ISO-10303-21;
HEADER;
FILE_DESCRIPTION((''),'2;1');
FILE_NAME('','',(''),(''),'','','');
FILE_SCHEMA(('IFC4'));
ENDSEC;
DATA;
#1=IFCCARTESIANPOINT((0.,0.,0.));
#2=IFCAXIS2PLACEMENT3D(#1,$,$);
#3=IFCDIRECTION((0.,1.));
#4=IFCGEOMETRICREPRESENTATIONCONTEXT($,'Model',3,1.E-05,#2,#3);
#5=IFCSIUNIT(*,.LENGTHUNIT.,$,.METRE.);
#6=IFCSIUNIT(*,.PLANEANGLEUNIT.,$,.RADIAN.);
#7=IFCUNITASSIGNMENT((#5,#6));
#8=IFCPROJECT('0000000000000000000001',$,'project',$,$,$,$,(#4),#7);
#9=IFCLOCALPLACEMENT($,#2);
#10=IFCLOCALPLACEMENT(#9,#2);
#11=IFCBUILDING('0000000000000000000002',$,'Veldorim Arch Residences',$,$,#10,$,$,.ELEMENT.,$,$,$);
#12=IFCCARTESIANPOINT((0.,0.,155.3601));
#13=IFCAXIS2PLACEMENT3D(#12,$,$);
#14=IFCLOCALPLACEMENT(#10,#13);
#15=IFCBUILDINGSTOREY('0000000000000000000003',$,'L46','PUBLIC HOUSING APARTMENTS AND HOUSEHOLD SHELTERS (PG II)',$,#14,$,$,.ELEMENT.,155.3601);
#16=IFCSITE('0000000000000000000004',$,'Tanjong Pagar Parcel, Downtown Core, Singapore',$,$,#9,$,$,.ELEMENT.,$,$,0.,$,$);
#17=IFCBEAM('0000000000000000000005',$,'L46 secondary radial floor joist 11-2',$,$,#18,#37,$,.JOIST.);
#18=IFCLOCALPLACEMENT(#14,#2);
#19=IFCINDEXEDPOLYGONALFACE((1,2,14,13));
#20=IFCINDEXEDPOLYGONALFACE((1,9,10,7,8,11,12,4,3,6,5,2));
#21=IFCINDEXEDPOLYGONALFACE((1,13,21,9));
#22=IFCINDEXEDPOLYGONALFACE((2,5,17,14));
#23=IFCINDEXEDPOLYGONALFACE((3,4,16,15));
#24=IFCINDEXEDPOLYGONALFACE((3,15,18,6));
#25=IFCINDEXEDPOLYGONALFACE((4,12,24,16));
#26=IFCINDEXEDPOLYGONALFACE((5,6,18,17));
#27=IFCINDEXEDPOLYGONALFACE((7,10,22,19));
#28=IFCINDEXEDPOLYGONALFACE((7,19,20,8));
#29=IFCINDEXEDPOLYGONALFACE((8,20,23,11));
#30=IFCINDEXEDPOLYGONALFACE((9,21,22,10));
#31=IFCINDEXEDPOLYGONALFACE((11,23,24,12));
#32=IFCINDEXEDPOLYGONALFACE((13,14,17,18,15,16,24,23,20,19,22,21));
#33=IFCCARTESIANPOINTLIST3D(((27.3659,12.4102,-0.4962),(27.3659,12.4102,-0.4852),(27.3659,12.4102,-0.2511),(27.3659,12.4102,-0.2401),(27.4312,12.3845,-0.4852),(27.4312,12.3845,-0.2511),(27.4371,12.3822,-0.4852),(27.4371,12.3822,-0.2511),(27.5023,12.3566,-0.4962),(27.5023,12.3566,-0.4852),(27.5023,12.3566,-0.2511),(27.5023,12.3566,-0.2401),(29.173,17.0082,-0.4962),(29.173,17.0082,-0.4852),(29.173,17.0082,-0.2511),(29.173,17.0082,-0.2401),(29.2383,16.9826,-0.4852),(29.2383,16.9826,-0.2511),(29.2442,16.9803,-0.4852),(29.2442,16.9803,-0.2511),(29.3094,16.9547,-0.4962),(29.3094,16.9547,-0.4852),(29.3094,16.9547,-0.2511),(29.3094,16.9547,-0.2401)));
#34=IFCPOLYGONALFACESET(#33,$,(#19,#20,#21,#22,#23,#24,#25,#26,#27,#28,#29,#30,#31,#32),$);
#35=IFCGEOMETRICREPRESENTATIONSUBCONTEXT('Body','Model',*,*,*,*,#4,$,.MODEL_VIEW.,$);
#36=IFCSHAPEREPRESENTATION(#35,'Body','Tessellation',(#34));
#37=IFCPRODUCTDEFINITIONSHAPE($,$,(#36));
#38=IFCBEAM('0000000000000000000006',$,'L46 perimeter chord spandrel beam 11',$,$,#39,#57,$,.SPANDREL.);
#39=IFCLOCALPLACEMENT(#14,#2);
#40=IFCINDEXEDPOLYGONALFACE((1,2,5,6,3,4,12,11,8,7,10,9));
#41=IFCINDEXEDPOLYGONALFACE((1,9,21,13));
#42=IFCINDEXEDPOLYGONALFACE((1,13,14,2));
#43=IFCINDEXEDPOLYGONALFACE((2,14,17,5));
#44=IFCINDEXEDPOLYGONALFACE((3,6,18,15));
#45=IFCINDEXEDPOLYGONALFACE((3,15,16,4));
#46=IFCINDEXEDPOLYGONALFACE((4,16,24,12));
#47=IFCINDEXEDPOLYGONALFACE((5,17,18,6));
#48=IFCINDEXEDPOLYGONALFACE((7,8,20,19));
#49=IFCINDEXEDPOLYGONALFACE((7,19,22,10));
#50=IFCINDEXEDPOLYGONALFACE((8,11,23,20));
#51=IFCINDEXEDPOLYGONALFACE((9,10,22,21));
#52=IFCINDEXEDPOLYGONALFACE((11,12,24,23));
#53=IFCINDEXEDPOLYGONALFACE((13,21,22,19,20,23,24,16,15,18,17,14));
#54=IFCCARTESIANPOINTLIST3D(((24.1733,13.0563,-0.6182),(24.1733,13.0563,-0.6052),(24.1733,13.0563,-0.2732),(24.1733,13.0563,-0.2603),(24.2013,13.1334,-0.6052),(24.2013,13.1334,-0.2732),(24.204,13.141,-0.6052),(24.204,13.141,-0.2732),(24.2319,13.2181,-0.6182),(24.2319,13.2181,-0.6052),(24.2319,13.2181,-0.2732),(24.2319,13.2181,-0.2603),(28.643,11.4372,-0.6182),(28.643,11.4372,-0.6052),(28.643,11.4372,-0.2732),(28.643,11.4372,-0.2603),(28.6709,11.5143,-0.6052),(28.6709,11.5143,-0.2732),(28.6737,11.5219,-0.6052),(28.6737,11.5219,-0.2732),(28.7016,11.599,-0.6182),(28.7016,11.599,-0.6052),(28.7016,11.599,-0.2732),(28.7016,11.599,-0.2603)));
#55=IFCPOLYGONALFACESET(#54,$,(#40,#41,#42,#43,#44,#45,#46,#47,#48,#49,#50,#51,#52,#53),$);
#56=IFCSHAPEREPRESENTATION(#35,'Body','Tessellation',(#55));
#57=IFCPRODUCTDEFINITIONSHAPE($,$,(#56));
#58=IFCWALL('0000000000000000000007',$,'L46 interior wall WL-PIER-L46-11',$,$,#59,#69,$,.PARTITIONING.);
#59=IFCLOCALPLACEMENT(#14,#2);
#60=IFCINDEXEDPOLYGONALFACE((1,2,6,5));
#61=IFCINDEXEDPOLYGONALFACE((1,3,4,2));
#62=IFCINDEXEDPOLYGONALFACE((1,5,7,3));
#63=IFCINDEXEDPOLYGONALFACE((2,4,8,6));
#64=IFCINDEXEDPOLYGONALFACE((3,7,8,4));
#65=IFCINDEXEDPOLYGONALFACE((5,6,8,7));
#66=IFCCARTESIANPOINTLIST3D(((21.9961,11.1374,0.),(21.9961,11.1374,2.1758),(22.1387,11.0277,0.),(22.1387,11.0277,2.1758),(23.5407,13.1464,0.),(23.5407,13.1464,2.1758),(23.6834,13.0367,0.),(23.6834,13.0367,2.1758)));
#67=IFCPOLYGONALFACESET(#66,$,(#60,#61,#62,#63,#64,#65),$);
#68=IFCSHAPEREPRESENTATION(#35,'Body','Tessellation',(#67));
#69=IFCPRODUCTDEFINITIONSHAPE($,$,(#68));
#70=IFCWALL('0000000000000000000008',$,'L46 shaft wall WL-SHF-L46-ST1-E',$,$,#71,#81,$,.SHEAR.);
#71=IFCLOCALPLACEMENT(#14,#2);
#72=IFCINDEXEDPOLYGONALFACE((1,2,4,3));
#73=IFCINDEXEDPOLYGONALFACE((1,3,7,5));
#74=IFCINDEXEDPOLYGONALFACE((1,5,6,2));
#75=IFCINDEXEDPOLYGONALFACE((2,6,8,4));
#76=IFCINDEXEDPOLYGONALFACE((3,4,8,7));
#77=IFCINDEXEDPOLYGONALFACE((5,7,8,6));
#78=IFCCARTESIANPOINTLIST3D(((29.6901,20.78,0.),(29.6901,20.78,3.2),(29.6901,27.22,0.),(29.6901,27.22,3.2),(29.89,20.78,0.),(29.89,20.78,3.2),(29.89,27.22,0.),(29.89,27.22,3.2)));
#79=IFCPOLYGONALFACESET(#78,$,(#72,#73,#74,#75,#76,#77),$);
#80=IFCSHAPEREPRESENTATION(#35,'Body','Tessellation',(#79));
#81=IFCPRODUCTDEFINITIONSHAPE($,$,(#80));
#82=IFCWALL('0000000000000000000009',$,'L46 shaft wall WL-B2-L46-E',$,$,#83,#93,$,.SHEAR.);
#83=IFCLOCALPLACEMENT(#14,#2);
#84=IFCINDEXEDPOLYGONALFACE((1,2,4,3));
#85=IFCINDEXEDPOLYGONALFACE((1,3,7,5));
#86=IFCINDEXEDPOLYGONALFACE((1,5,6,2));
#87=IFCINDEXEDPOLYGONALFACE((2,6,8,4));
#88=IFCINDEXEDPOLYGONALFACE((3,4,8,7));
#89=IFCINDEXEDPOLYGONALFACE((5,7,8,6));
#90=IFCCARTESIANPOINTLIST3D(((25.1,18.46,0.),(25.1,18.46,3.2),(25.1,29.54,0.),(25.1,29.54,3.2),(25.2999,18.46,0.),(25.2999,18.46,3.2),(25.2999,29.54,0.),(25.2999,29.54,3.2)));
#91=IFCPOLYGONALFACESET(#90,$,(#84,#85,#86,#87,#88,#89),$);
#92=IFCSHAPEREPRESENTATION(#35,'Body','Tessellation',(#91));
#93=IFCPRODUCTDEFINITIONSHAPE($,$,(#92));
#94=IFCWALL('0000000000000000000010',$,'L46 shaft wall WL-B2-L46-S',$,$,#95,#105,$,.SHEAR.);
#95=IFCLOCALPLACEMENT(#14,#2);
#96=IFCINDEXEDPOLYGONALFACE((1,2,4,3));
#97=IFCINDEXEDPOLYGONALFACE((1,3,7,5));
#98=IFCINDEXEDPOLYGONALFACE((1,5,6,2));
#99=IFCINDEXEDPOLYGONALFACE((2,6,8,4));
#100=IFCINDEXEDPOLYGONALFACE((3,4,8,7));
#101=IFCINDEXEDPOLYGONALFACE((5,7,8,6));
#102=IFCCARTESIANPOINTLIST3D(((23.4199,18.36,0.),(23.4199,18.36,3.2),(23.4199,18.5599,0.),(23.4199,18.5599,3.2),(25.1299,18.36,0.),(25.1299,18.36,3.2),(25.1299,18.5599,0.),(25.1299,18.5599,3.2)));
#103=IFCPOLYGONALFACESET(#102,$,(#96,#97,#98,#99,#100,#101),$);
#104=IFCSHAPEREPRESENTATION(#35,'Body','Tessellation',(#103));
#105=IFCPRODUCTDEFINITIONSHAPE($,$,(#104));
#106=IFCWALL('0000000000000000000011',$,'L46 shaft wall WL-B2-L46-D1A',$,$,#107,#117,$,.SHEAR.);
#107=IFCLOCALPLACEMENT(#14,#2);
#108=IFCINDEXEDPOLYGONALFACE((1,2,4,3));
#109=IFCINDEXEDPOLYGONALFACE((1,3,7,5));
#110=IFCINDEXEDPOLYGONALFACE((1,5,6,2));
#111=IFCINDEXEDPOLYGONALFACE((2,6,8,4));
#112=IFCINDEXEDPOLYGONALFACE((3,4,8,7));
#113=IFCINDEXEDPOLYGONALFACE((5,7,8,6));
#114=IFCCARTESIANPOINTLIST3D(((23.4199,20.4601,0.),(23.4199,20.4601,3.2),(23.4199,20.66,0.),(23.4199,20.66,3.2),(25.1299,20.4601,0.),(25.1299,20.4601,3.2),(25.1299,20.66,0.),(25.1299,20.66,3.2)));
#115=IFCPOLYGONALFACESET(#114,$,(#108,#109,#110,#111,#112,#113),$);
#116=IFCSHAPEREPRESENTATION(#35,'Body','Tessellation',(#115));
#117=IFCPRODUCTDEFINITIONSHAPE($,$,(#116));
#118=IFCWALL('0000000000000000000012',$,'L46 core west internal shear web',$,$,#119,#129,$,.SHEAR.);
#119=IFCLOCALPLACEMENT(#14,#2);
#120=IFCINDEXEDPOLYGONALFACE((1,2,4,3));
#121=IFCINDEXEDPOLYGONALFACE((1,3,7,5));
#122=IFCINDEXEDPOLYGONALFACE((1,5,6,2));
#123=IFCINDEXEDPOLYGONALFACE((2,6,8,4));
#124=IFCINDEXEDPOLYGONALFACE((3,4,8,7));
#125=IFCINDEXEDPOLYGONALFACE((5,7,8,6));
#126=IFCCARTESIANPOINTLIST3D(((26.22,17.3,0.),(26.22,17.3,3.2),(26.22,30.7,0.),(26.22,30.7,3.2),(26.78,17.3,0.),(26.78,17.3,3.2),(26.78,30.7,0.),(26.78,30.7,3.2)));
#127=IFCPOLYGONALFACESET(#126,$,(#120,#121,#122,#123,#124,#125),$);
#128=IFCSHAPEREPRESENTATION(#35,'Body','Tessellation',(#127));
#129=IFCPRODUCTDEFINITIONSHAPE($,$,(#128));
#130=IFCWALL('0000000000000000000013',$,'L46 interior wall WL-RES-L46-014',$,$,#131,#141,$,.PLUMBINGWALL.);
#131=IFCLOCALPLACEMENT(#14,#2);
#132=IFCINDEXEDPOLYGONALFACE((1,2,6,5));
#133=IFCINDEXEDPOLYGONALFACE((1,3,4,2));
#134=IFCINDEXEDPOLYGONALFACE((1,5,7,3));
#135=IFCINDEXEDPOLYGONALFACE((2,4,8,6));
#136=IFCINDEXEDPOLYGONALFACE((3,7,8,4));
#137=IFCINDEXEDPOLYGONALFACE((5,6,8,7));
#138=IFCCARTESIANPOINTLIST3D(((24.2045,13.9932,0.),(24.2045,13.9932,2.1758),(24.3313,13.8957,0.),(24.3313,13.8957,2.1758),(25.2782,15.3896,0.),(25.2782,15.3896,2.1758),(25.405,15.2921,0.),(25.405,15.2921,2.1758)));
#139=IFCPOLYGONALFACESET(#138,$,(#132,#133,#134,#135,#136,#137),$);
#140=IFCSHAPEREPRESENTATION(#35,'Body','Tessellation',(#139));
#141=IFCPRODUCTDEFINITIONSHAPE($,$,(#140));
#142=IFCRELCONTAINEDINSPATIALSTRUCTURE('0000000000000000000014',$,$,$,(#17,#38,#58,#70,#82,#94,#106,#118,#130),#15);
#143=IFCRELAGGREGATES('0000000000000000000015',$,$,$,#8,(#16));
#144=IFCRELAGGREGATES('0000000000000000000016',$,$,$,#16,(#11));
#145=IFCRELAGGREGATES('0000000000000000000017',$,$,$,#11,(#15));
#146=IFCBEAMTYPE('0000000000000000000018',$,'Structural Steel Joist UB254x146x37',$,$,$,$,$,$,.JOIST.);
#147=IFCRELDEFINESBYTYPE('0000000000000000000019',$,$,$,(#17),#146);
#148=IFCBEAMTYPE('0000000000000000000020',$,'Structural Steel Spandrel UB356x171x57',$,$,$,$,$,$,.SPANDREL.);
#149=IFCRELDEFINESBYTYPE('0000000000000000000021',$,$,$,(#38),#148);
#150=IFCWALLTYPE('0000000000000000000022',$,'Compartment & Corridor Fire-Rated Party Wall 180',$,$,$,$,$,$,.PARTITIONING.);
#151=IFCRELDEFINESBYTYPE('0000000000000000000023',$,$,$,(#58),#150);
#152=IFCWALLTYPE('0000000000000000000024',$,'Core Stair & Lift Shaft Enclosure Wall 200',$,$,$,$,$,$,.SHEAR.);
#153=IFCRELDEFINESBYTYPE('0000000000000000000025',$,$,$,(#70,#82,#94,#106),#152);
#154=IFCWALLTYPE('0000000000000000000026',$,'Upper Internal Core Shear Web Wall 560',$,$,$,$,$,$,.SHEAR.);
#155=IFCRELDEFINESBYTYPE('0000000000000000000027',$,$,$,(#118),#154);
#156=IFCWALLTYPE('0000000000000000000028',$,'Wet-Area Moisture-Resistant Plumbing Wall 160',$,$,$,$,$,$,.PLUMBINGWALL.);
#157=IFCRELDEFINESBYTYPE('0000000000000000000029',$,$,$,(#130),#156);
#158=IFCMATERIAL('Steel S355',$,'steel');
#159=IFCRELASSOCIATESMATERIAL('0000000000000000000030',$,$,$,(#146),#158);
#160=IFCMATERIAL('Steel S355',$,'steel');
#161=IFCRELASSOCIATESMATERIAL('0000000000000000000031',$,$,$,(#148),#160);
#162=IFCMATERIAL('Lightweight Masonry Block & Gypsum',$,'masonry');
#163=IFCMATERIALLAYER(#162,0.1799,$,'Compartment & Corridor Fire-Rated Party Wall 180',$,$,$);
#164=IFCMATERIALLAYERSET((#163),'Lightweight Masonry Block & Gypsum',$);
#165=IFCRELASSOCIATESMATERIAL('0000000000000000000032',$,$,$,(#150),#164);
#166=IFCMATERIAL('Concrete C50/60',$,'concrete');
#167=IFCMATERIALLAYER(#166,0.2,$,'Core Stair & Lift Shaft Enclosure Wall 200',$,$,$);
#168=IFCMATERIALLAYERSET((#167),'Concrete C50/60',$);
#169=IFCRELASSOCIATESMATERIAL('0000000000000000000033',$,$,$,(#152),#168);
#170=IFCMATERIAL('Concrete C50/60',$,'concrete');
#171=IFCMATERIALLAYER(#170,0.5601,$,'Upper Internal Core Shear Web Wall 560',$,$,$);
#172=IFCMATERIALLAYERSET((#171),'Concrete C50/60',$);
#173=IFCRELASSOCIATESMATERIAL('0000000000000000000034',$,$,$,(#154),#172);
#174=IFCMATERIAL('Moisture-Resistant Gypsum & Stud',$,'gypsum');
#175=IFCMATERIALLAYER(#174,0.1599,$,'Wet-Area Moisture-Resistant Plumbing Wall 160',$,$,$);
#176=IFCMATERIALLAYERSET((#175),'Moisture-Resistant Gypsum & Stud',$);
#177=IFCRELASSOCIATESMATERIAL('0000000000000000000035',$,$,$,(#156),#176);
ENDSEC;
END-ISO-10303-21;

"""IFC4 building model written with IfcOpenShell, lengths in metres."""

from ifc_helpers import new_model, si_unit, direction, frame, frame_2d, origin, origin_2d, place, context, subcontext, project, spatial, rectangle, i_section, extrude, material, layer, layer_set, material_profile, profile_set, type_object, element, save


model = new_model("IFC4")

# Units and contexts
model_context = context("Model", 3, precision=1e-05, world=origin(), true_north=direction((0.0, 1.0)))
body_context = subcontext(model_context, "Body", "Model", "MODEL_VIEW")
ifc_project = project(units=[si_unit("LENGTHUNIT", "METRE"), si_unit("PLANEANGLEUNIT", "RADIAN")], contexts=[model_context])

# Site, building, storey
site_placement = place(None, origin())
site = spatial("IfcSite", under=ifc_project, at=site_placement, Name="Tanjong Pagar Parcel, Downtown Core, Singapore", CompositionType="ELEMENT", RefElevation=0.0)
building_placement = place(site_placement, origin())
building = spatial("IfcBuilding", under=site, at=building_placement, Name="Veldorim Arch Residences", CompositionType="ELEMENT")
storey_placement = place(building_placement, frame((0.0, 0.0, 155.3601)))
storey = spatial("IfcBuildingStorey", under=building, at=storey_placement, Name="L46", Description="PUBLIC HOUSING APARTMENTS AND HOUSEHOLD SHELTERS (PG II)", CompositionType="ELEMENT", Elevation=155.3601)

# Beams
ifc_material_1 = material(Name="Steel S355", Category="steel")
ifc_material_profile_1 = material_profile(ifc_material_1, i_section(OverallWidth=0.1465, OverallDepth=0.2561, WebThickness=0.0063, FlangeThickness=0.011, at=origin_2d()), Name="UB254x146x37")
ifc_profile_set_1 = profile_set([ifc_material_profile_1], Name="Steel S355")
beam_type_1 = type_object("IfcBeamType", Name="Structural Steel Joist UB254x146x37", PredefinedType="JOIST", material=ifc_profile_set_1)
beam_1_placement = place(storey_placement, frame((29.2412, 16.9814, -0.3682), z_axis=(-0.365778, -0.930702, 0.0), x_axis=(0.930702, -0.365778, 0.0)))
element("IfcBeam", 1, at=beam_1_placement, inside=storey, type_object=beam_type_1, Name="L46 secondary radial floor joist 11-2", PredefinedType="JOIST", context=body_context, shape_type="SweptSolid", body=[
    extrude(i_section(OverallWidth=0.1465, OverallDepth=0.2561, WebThickness=0.0063, FlangeThickness=0.011, at=origin_2d()), origin(), (0.0, 0.0, 1.0), 4.9404),
])
ifc_material_2 = material(Name="Steel S355", Category="steel")
ifc_material_profile_2 = material_profile(ifc_material_2, i_section(OverallWidth=0.1721, OverallDepth=0.3579, WebThickness=0.0081, FlangeThickness=0.0129, at=origin_2d()), Name="UB356x171x57")
ifc_profile_set_2 = profile_set([ifc_material_profile_2], Name="Steel S355")
beam_type_2 = type_object("IfcBeamType", Name="Structural Steel Spandrel UB356x171x57", PredefinedType="SPANDREL", material=ifc_profile_set_2)
beam_2_placement = place(storey_placement, frame((24.2026, 13.1372, -0.4392), z_axis=(0.940213, -0.340588, 0.0), x_axis=(0.340588, 0.940213, 0.0)))
element("IfcBeam", 2, at=beam_2_placement, inside=storey, type_object=beam_type_2, Name="L46 perimeter chord spandrel beam 11", PredefinedType="SPANDREL", context=body_context, shape_type="SweptSolid", body=[
    extrude(i_section(OverallWidth=0.1721, OverallDepth=0.3579, WebThickness=0.0081, FlangeThickness=0.0129, at=origin_2d()), origin(), (0.0, 0.0, 1.0), 4.7539),
])

# Walls
ifc_material_3 = material(Name="Lightweight Masonry Block & Gypsum", Category="masonry")
ifc_layer_1 = layer(ifc_material_3, 0.1799, Name="Compartment & Corridor Fire-Rated Party Wall 180")
ifc_layer_set_1 = layer_set([ifc_layer_1], Name="Lightweight Masonry Block & Gypsum")
wall_type_1 = type_object("IfcWallType", Name="Compartment & Corridor Fire-Rated Party Wall 180", PredefinedType="PARTITIONING", material=ifc_layer_set_1)
wall_1_placement = place(storey_placement, frame((23.6121, 13.0916, 0.0), z_axis=(0.0, 0.0, 1.0), x_axis=(-0.609529, -0.792764, 0.0)))
element("IfcWall", 3, at=wall_1_placement, inside=storey, type_object=wall_type_1, Name="L46 interior wall WL-PIER-L46-11", PredefinedType="PARTITIONING", context=body_context, shape_type="SweptSolid", body=[
    extrude(rectangle(XDim=2.5342, YDim=0.1799, at=frame_2d((1.2671, 0.0))), origin(), (0.0, 0.0, 1.0), 2.1758),
])
ifc_material_4 = material(Name="Concrete C50/60", Category="concrete")
ifc_layer_2 = layer(ifc_material_4, 0.2, Name="Core Stair & Lift Shaft Enclosure Wall 200")
ifc_layer_set_2 = layer_set([ifc_layer_2], Name="Concrete C50/60")
wall_type_2 = type_object("IfcWallType", Name="Core Stair & Lift Shaft Enclosure Wall 200", PredefinedType="SHEAR", material=ifc_layer_set_2)
wall_2_placement = place(storey_placement, frame((29.79, 20.78, 0.0), z_axis=(0.0, 0.0, 1.0), x_axis=(0.0, 1.0, 0.0)))
element("IfcWall", 4, at=wall_2_placement, inside=storey, type_object=wall_type_2, Name="L46 shaft wall WL-SHF-L46-ST1-E", PredefinedType="SHEAR", context=body_context, shape_type="SweptSolid", body=[
    extrude(rectangle(XDim=6.4399, YDim=0.2, at=frame_2d((3.22, 0.0))), origin(), (0.0, 0.0, 1.0), 3.2),
])

# Walls
wall_3_placement = place(storey_placement, frame((25.2, 18.46, 0.0), z_axis=(0.0, 0.0, 1.0), x_axis=(0.0, 1.0, 0.0)))
element("IfcWall", 5, at=wall_3_placement, inside=storey, type_object=wall_type_2, Name="L46 shaft wall WL-B2-L46-E", PredefinedType="SHEAR", context=body_context, shape_type="SweptSolid", body=[
    extrude(rectangle(XDim=11.0801, YDim=0.2, at=frame_2d((5.54, 0.0))), origin(), (0.0, 0.0, 1.0), 3.2),
])
for number, where, z_axis, x_axis, name in (
    (6, (23.4199, 18.46, 0.0), (0.0, 0.0, 1.0), (1.0, 0.0, 0.0), "L46 shaft wall WL-B2-L46-S"),
    (7, (23.4199, 20.5601, 0.0), (0.0, 0.0, 1.0), (1.0, 0.0, 0.0), "L46 shaft wall WL-B2-L46-D1A"),
):
    element("IfcWall", number, at=place(storey_placement, frame(where, z_axis=z_axis, x_axis=x_axis)), inside=storey, type_object=wall_type_2, Name=name, PredefinedType="SHEAR", context=body_context, shape_type="SweptSolid", body=[
        extrude(rectangle(XDim=1.71, YDim=0.2, at=frame_2d((0.855, 0.0))), origin(), (0.0, 0.0, 1.0), 3.2),
    ])
ifc_material_5 = material(Name="Concrete C50/60", Category="concrete")
ifc_layer_3 = layer(ifc_material_5, 0.5601, Name="Upper Internal Core Shear Web Wall 560")
ifc_layer_set_3 = layer_set([ifc_layer_3], Name="Concrete C50/60")
wall_type_3 = type_object("IfcWallType", Name="Upper Internal Core Shear Web Wall 560", PredefinedType="SHEAR", material=ifc_layer_set_3)
wall_4_placement = place(storey_placement, frame((26.5, 17.3, 0.0), z_axis=(0.0, 0.0, 1.0), x_axis=(0.0, 1.0, 0.0)))
element("IfcWall", 8, at=wall_4_placement, inside=storey, type_object=wall_type_3, Name="L46 core west internal shear web", PredefinedType="SHEAR", context=body_context, shape_type="SweptSolid", body=[
    extrude(rectangle(XDim=13.3999, YDim=0.5601, at=frame_2d((6.7, 0.0))), origin(), (0.0, 0.0, 1.0), 3.2),
])
ifc_material_6 = material(Name="Moisture-Resistant Gypsum & Stud", Category="gypsum")
ifc_layer_4 = layer(ifc_material_6, 0.1599, Name="Wet-Area Moisture-Resistant Plumbing Wall 160")
ifc_layer_set_4 = layer_set([ifc_layer_4], Name="Moisture-Resistant Gypsum & Stud")
wall_type_4 = type_object("IfcWallType", Name="Wet-Area Moisture-Resistant Plumbing Wall 160", PredefinedType="PLUMBINGWALL", material=ifc_layer_set_4)
wall_5_placement = place(storey_placement, frame((24.2678, 13.9443, 0.0), z_axis=(0.0, 0.0, 1.0), x_axis=(0.609537, 0.792758, 0.0)))
element("IfcWall", 9, at=wall_5_placement, inside=storey, type_object=wall_type_4, Name="L46 interior wall WL-RES-L46-014", PredefinedType="PLUMBINGWALL", context=body_context, shape_type="SweptSolid", body=[
    extrude(rectangle(XDim=1.7615, YDim=0.1599, at=frame_2d((0.8809, 0.0))), origin(), (0.0, 0.0, 1.0), 2.1758),
])

save(model, "model.ifc")
